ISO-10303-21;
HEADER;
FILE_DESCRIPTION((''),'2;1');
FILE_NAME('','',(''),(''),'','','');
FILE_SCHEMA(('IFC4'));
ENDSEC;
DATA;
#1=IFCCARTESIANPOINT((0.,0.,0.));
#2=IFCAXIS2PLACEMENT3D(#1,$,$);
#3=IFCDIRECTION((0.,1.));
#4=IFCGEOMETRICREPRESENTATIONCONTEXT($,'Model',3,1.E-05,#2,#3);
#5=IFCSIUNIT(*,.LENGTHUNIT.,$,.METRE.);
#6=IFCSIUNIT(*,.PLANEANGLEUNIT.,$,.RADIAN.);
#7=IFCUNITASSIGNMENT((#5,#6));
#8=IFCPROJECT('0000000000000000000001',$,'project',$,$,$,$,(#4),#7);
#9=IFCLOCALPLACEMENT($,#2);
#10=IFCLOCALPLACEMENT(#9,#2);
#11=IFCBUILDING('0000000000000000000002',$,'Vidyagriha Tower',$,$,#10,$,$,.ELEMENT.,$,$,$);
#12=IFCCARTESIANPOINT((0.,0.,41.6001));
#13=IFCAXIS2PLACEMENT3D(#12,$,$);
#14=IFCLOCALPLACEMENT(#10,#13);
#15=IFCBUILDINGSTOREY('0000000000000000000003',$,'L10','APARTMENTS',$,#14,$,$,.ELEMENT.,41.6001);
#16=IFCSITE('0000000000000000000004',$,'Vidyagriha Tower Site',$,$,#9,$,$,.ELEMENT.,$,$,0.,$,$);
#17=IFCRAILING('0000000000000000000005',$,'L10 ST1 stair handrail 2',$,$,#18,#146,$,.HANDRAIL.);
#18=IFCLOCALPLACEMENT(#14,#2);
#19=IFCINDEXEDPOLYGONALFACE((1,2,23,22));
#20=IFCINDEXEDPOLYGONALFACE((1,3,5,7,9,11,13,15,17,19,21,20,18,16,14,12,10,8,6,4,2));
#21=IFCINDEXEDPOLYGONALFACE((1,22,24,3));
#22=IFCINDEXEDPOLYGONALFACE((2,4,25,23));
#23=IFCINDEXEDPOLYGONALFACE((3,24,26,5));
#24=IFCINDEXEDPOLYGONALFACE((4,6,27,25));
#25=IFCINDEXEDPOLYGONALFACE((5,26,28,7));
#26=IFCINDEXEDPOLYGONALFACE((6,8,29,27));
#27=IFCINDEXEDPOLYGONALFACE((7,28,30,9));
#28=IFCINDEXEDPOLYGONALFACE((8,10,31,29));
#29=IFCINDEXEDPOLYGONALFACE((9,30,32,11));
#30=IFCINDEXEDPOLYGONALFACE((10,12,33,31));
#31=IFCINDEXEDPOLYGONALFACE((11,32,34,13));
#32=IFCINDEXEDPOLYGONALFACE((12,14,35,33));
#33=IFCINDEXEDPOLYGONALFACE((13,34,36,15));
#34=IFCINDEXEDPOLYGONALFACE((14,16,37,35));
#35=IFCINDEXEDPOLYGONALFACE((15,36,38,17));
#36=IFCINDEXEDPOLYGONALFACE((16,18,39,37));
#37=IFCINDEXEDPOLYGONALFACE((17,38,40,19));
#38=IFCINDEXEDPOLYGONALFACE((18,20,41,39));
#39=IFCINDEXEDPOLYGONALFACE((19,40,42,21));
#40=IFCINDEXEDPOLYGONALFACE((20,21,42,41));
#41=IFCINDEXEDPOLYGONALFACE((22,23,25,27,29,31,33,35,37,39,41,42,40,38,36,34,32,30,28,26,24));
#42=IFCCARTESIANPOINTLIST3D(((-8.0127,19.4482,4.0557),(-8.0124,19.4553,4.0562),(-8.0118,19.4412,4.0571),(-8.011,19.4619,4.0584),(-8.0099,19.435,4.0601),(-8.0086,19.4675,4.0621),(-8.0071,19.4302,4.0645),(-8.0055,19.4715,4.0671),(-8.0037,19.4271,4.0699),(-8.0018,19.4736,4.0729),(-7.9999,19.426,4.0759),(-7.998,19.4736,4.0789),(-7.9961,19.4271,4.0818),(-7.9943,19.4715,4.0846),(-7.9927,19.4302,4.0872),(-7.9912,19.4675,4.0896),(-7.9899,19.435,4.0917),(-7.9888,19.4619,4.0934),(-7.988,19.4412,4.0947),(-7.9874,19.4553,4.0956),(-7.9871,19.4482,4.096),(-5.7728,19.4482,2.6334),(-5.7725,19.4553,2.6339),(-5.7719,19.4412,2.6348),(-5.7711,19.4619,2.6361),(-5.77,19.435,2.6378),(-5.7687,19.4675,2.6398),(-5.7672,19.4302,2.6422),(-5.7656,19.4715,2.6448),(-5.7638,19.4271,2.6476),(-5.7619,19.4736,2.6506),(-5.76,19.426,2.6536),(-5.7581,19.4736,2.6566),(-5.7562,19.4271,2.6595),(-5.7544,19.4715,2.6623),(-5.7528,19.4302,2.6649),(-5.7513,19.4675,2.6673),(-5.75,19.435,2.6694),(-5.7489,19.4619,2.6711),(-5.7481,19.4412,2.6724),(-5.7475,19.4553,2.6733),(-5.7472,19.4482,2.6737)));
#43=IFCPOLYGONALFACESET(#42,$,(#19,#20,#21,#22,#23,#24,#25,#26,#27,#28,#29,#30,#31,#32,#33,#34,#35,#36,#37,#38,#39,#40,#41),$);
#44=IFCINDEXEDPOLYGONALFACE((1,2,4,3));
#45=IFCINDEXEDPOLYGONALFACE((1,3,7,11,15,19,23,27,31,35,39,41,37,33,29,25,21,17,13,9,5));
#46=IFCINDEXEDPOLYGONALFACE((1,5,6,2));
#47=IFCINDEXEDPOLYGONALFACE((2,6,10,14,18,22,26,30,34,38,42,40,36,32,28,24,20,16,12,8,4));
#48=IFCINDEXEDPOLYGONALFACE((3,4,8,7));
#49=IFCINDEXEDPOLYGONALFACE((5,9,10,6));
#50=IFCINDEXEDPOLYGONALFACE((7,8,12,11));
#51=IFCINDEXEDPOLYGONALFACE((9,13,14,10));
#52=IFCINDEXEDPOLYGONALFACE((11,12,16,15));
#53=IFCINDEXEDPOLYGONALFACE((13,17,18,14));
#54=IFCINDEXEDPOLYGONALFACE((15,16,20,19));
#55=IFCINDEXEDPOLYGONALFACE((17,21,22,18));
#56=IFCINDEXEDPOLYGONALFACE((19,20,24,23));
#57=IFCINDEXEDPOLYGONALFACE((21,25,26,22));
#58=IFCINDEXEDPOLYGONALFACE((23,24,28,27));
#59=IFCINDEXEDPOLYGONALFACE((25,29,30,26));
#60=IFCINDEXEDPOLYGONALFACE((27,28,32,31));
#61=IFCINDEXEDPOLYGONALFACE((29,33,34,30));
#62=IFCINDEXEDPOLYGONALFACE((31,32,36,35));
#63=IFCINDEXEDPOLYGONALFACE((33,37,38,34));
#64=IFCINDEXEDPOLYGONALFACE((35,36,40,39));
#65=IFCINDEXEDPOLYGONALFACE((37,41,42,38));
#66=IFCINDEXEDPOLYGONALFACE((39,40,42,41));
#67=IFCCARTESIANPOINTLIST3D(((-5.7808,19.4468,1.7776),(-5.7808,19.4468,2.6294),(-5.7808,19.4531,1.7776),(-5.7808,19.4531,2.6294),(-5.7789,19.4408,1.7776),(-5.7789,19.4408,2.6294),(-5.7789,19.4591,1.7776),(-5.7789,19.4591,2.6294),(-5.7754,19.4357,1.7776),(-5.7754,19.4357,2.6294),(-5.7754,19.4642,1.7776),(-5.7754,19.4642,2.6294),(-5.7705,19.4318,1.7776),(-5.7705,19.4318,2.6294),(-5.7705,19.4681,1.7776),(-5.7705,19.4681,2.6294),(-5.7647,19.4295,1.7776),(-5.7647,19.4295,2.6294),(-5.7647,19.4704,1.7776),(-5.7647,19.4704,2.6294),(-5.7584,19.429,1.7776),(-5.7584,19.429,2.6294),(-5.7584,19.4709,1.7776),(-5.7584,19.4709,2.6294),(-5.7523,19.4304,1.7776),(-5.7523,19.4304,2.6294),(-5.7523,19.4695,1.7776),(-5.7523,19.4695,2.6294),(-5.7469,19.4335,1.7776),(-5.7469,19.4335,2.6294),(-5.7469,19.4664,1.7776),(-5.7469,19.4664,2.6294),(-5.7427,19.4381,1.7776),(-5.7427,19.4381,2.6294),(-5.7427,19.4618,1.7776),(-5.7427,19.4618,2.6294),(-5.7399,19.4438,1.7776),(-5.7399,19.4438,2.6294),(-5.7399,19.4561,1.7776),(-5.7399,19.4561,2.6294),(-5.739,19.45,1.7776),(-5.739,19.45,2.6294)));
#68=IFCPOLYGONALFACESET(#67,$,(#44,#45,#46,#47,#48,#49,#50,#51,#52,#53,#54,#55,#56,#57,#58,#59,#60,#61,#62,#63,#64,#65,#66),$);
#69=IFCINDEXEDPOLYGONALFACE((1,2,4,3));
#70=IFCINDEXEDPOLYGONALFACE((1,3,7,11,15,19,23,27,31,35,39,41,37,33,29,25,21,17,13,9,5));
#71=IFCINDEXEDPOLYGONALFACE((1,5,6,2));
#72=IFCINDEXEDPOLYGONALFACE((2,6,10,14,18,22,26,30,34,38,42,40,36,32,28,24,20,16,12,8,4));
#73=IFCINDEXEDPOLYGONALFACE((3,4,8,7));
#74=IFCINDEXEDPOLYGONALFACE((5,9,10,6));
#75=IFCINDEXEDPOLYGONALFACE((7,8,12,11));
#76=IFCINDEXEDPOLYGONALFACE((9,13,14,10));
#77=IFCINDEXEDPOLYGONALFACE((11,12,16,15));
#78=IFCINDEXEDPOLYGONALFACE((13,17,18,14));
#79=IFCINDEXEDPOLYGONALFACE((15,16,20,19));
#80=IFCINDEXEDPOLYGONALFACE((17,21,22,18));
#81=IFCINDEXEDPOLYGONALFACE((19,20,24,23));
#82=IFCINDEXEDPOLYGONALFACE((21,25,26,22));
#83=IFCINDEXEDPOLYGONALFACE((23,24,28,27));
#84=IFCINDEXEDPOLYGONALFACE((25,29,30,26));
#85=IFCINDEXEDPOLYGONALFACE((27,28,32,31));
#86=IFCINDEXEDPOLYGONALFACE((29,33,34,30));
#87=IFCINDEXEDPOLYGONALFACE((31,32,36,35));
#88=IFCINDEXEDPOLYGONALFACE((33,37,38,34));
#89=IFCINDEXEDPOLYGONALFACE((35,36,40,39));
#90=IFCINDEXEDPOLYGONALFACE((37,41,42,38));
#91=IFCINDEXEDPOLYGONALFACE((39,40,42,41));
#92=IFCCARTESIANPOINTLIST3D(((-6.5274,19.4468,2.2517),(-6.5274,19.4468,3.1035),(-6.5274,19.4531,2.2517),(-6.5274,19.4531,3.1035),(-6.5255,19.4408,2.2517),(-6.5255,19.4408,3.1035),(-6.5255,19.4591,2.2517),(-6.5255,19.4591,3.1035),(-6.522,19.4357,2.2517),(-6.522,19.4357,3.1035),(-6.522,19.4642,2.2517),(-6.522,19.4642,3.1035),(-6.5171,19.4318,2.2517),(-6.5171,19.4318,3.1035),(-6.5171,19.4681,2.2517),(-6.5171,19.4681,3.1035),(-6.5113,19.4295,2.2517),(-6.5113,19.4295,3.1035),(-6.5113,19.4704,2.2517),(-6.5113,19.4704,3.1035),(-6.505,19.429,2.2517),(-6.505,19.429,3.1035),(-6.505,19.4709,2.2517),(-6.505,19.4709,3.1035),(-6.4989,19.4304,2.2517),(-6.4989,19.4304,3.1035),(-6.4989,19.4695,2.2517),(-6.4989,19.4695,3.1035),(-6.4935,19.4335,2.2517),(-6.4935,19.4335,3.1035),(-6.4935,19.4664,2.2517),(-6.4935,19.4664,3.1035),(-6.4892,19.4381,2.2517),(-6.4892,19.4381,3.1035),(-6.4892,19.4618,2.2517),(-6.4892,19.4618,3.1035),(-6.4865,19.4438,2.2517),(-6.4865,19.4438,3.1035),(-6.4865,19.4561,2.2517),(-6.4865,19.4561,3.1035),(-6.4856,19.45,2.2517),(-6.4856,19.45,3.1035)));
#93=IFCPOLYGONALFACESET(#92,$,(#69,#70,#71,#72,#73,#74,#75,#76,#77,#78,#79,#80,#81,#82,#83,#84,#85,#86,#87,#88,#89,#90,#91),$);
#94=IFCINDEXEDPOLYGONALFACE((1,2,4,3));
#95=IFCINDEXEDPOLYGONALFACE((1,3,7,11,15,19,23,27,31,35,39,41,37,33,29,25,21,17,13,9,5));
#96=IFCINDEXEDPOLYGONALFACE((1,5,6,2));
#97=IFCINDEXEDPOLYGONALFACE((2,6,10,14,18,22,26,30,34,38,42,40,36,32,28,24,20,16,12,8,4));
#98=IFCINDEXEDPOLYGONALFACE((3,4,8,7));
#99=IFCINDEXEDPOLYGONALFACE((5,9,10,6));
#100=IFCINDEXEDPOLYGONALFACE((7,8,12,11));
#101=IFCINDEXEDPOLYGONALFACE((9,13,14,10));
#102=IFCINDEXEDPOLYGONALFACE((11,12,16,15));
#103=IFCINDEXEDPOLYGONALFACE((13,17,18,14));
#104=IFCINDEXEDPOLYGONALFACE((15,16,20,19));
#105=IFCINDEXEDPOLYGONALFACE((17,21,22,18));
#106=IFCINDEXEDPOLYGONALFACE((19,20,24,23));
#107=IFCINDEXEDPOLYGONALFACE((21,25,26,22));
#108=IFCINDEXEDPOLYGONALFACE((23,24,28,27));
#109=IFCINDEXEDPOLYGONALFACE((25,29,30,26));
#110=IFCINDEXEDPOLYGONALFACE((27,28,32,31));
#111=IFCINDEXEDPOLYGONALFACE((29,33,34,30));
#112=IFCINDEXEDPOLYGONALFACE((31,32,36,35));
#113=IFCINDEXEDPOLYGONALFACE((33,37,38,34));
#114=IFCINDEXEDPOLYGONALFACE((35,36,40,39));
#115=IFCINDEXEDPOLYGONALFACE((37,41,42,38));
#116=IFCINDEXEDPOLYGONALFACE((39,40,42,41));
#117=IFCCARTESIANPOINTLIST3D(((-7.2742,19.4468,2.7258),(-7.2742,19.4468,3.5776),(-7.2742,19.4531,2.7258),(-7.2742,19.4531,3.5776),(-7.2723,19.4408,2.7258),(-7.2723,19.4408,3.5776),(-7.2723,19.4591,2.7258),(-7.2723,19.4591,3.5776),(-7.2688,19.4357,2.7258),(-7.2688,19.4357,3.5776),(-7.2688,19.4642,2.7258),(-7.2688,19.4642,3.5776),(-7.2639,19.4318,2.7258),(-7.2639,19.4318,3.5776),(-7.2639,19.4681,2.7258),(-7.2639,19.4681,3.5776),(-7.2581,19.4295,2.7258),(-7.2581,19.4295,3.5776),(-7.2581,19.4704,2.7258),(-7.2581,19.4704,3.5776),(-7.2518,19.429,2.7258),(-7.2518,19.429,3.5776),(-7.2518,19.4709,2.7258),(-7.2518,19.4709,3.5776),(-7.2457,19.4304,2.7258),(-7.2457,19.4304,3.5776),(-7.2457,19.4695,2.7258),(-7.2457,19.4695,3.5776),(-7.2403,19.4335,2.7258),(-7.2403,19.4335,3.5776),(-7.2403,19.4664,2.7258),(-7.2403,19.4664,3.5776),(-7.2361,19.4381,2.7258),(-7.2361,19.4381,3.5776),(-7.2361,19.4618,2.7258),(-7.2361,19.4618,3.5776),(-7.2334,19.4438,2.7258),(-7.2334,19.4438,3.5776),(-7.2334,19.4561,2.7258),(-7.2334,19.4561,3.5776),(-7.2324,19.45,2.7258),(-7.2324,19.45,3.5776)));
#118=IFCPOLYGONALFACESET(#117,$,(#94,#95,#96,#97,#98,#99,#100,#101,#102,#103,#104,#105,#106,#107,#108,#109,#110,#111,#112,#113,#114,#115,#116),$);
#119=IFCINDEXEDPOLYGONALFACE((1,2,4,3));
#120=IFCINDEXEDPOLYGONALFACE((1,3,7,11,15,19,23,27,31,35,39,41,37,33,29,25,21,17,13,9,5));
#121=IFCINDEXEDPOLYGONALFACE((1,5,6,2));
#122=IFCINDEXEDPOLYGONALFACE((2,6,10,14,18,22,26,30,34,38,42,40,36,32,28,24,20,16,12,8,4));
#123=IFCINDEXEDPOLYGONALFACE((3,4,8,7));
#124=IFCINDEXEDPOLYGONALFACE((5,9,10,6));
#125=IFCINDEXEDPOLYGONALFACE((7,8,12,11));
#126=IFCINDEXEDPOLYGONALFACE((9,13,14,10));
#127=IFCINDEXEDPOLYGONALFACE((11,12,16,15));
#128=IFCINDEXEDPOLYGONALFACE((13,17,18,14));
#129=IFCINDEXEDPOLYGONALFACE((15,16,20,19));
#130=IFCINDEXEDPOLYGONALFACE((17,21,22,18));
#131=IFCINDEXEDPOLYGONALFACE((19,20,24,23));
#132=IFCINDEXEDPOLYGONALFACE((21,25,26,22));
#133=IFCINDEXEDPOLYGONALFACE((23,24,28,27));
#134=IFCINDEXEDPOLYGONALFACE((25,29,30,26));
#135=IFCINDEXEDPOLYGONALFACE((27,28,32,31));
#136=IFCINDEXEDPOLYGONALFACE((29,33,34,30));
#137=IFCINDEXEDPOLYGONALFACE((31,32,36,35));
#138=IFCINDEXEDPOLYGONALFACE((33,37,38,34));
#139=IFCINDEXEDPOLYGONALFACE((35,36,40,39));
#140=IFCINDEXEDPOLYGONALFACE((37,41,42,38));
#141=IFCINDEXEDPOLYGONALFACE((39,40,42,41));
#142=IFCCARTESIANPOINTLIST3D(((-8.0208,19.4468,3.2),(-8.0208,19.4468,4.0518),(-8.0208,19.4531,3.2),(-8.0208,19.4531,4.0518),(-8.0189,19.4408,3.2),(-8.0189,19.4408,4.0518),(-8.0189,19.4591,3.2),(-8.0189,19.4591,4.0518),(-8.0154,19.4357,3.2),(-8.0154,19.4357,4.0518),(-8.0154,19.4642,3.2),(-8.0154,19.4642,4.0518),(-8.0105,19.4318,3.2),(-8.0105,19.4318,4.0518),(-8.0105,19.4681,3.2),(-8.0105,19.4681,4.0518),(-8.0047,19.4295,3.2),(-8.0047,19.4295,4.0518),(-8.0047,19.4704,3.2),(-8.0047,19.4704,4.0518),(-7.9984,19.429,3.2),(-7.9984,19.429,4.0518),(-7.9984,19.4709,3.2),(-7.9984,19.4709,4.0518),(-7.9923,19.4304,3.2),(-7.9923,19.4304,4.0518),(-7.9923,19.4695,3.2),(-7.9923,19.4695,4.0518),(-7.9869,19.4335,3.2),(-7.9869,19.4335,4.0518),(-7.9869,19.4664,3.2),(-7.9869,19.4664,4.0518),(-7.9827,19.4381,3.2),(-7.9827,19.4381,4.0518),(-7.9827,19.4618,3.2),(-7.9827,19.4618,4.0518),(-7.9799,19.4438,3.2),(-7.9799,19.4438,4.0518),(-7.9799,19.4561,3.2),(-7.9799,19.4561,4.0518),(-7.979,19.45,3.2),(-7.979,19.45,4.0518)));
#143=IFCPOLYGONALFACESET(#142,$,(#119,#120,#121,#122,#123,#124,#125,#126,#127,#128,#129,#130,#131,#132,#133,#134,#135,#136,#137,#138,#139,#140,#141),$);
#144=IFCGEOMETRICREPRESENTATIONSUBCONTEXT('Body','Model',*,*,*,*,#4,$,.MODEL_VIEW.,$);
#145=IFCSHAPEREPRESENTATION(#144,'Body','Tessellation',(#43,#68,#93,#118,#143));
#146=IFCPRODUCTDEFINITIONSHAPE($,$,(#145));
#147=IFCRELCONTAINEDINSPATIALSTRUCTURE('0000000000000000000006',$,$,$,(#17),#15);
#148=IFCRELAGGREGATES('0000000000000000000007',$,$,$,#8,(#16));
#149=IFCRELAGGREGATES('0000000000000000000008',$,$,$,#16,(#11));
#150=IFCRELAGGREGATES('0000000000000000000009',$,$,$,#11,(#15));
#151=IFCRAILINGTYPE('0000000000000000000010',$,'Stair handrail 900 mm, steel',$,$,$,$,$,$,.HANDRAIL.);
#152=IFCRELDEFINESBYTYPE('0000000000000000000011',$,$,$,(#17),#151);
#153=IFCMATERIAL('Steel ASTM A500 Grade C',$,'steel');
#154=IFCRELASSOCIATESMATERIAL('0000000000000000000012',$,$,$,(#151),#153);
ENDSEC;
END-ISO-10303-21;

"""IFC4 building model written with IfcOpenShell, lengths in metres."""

from ifc_helpers import new_model, si_unit, direction, frame, origin, origin_2d, place, context, subcontext, project, spatial, circle, extrude, material, type_object, element, save


model = new_model("IFC4")

# Units and contexts
model_context = context("Model", 3, precision=1e-05, world=origin(), true_north=direction((0.0, 1.0)))
body_context = subcontext(model_context, "Body", "Model", "MODEL_VIEW")
ifc_project = project(units=[si_unit("LENGTHUNIT", "METRE"), si_unit("PLANEANGLEUNIT", "RADIAN")], contexts=[model_context])

# Site, building, storey
site_placement = place(None, origin())
site = spatial("IfcSite", under=ifc_project, at=site_placement, Name="Vidyagriha Tower Site", CompositionType="ELEMENT", RefElevation=0.0)
building_placement = place(site_placement, origin())
building = spatial("IfcBuilding", under=site, at=building_placement, Name="Vidyagriha Tower", CompositionType="ELEMENT")
storey_placement = place(building_placement, frame((0.0, 0.0, 41.6001)))
storey = spatial("IfcBuildingStorey", under=building, at=storey_placement, Name="L10", Description="APARTMENTS", CompositionType="ELEMENT", Elevation=41.6001)

# Railing
ifc_material_1 = material(Name="Steel ASTM A500 Grade C", Category="steel")
railing_type_1 = type_object("IfcRailingType", Name="Stair handrail 900 mm, steel", PredefinedType="HANDRAIL", material=ifc_material_1)
railing_1_placement = place(storey_placement, frame((-5.76, 19.45, 1.7776)))
element("IfcRailing", 1, at=railing_1_placement, inside=storey, type_object=railing_type_1, Name="L10 ST1 stair handrail 2", PredefinedType="HANDRAIL", context=body_context, shape_type="SweptSolid", body=[
    extrude(circle(Radius=0.0239, at=origin_2d()), frame((0.0, 0.0, 0.876), z_axis=(-0.844188, 0.0, 0.536048), x_axis=(0.0, -1.0, 0.0)), (0.0, 0.0, 1.0), 2.6533),
    extrude(circle(Radius=0.021, at=origin_2d()), origin(), (0.0, 0.0, 1.0), 0.8518),
    extrude(circle(Radius=0.021, at=origin_2d()), frame((-0.7466, 0.0, 0.4741)), (0.0, 0.0, 1.0), 0.8518),
    extrude(circle(Radius=0.021, at=origin_2d()), frame((-1.4934, 0.0, 0.9482)), (0.0, 0.0, 1.0), 0.8518),
    extrude(circle(Radius=0.021, at=origin_2d()), frame((-2.24, 0.0, 1.4224)), (0.0, 0.0, 1.0), 0.8518),
])

save(model, "model.ifc")
